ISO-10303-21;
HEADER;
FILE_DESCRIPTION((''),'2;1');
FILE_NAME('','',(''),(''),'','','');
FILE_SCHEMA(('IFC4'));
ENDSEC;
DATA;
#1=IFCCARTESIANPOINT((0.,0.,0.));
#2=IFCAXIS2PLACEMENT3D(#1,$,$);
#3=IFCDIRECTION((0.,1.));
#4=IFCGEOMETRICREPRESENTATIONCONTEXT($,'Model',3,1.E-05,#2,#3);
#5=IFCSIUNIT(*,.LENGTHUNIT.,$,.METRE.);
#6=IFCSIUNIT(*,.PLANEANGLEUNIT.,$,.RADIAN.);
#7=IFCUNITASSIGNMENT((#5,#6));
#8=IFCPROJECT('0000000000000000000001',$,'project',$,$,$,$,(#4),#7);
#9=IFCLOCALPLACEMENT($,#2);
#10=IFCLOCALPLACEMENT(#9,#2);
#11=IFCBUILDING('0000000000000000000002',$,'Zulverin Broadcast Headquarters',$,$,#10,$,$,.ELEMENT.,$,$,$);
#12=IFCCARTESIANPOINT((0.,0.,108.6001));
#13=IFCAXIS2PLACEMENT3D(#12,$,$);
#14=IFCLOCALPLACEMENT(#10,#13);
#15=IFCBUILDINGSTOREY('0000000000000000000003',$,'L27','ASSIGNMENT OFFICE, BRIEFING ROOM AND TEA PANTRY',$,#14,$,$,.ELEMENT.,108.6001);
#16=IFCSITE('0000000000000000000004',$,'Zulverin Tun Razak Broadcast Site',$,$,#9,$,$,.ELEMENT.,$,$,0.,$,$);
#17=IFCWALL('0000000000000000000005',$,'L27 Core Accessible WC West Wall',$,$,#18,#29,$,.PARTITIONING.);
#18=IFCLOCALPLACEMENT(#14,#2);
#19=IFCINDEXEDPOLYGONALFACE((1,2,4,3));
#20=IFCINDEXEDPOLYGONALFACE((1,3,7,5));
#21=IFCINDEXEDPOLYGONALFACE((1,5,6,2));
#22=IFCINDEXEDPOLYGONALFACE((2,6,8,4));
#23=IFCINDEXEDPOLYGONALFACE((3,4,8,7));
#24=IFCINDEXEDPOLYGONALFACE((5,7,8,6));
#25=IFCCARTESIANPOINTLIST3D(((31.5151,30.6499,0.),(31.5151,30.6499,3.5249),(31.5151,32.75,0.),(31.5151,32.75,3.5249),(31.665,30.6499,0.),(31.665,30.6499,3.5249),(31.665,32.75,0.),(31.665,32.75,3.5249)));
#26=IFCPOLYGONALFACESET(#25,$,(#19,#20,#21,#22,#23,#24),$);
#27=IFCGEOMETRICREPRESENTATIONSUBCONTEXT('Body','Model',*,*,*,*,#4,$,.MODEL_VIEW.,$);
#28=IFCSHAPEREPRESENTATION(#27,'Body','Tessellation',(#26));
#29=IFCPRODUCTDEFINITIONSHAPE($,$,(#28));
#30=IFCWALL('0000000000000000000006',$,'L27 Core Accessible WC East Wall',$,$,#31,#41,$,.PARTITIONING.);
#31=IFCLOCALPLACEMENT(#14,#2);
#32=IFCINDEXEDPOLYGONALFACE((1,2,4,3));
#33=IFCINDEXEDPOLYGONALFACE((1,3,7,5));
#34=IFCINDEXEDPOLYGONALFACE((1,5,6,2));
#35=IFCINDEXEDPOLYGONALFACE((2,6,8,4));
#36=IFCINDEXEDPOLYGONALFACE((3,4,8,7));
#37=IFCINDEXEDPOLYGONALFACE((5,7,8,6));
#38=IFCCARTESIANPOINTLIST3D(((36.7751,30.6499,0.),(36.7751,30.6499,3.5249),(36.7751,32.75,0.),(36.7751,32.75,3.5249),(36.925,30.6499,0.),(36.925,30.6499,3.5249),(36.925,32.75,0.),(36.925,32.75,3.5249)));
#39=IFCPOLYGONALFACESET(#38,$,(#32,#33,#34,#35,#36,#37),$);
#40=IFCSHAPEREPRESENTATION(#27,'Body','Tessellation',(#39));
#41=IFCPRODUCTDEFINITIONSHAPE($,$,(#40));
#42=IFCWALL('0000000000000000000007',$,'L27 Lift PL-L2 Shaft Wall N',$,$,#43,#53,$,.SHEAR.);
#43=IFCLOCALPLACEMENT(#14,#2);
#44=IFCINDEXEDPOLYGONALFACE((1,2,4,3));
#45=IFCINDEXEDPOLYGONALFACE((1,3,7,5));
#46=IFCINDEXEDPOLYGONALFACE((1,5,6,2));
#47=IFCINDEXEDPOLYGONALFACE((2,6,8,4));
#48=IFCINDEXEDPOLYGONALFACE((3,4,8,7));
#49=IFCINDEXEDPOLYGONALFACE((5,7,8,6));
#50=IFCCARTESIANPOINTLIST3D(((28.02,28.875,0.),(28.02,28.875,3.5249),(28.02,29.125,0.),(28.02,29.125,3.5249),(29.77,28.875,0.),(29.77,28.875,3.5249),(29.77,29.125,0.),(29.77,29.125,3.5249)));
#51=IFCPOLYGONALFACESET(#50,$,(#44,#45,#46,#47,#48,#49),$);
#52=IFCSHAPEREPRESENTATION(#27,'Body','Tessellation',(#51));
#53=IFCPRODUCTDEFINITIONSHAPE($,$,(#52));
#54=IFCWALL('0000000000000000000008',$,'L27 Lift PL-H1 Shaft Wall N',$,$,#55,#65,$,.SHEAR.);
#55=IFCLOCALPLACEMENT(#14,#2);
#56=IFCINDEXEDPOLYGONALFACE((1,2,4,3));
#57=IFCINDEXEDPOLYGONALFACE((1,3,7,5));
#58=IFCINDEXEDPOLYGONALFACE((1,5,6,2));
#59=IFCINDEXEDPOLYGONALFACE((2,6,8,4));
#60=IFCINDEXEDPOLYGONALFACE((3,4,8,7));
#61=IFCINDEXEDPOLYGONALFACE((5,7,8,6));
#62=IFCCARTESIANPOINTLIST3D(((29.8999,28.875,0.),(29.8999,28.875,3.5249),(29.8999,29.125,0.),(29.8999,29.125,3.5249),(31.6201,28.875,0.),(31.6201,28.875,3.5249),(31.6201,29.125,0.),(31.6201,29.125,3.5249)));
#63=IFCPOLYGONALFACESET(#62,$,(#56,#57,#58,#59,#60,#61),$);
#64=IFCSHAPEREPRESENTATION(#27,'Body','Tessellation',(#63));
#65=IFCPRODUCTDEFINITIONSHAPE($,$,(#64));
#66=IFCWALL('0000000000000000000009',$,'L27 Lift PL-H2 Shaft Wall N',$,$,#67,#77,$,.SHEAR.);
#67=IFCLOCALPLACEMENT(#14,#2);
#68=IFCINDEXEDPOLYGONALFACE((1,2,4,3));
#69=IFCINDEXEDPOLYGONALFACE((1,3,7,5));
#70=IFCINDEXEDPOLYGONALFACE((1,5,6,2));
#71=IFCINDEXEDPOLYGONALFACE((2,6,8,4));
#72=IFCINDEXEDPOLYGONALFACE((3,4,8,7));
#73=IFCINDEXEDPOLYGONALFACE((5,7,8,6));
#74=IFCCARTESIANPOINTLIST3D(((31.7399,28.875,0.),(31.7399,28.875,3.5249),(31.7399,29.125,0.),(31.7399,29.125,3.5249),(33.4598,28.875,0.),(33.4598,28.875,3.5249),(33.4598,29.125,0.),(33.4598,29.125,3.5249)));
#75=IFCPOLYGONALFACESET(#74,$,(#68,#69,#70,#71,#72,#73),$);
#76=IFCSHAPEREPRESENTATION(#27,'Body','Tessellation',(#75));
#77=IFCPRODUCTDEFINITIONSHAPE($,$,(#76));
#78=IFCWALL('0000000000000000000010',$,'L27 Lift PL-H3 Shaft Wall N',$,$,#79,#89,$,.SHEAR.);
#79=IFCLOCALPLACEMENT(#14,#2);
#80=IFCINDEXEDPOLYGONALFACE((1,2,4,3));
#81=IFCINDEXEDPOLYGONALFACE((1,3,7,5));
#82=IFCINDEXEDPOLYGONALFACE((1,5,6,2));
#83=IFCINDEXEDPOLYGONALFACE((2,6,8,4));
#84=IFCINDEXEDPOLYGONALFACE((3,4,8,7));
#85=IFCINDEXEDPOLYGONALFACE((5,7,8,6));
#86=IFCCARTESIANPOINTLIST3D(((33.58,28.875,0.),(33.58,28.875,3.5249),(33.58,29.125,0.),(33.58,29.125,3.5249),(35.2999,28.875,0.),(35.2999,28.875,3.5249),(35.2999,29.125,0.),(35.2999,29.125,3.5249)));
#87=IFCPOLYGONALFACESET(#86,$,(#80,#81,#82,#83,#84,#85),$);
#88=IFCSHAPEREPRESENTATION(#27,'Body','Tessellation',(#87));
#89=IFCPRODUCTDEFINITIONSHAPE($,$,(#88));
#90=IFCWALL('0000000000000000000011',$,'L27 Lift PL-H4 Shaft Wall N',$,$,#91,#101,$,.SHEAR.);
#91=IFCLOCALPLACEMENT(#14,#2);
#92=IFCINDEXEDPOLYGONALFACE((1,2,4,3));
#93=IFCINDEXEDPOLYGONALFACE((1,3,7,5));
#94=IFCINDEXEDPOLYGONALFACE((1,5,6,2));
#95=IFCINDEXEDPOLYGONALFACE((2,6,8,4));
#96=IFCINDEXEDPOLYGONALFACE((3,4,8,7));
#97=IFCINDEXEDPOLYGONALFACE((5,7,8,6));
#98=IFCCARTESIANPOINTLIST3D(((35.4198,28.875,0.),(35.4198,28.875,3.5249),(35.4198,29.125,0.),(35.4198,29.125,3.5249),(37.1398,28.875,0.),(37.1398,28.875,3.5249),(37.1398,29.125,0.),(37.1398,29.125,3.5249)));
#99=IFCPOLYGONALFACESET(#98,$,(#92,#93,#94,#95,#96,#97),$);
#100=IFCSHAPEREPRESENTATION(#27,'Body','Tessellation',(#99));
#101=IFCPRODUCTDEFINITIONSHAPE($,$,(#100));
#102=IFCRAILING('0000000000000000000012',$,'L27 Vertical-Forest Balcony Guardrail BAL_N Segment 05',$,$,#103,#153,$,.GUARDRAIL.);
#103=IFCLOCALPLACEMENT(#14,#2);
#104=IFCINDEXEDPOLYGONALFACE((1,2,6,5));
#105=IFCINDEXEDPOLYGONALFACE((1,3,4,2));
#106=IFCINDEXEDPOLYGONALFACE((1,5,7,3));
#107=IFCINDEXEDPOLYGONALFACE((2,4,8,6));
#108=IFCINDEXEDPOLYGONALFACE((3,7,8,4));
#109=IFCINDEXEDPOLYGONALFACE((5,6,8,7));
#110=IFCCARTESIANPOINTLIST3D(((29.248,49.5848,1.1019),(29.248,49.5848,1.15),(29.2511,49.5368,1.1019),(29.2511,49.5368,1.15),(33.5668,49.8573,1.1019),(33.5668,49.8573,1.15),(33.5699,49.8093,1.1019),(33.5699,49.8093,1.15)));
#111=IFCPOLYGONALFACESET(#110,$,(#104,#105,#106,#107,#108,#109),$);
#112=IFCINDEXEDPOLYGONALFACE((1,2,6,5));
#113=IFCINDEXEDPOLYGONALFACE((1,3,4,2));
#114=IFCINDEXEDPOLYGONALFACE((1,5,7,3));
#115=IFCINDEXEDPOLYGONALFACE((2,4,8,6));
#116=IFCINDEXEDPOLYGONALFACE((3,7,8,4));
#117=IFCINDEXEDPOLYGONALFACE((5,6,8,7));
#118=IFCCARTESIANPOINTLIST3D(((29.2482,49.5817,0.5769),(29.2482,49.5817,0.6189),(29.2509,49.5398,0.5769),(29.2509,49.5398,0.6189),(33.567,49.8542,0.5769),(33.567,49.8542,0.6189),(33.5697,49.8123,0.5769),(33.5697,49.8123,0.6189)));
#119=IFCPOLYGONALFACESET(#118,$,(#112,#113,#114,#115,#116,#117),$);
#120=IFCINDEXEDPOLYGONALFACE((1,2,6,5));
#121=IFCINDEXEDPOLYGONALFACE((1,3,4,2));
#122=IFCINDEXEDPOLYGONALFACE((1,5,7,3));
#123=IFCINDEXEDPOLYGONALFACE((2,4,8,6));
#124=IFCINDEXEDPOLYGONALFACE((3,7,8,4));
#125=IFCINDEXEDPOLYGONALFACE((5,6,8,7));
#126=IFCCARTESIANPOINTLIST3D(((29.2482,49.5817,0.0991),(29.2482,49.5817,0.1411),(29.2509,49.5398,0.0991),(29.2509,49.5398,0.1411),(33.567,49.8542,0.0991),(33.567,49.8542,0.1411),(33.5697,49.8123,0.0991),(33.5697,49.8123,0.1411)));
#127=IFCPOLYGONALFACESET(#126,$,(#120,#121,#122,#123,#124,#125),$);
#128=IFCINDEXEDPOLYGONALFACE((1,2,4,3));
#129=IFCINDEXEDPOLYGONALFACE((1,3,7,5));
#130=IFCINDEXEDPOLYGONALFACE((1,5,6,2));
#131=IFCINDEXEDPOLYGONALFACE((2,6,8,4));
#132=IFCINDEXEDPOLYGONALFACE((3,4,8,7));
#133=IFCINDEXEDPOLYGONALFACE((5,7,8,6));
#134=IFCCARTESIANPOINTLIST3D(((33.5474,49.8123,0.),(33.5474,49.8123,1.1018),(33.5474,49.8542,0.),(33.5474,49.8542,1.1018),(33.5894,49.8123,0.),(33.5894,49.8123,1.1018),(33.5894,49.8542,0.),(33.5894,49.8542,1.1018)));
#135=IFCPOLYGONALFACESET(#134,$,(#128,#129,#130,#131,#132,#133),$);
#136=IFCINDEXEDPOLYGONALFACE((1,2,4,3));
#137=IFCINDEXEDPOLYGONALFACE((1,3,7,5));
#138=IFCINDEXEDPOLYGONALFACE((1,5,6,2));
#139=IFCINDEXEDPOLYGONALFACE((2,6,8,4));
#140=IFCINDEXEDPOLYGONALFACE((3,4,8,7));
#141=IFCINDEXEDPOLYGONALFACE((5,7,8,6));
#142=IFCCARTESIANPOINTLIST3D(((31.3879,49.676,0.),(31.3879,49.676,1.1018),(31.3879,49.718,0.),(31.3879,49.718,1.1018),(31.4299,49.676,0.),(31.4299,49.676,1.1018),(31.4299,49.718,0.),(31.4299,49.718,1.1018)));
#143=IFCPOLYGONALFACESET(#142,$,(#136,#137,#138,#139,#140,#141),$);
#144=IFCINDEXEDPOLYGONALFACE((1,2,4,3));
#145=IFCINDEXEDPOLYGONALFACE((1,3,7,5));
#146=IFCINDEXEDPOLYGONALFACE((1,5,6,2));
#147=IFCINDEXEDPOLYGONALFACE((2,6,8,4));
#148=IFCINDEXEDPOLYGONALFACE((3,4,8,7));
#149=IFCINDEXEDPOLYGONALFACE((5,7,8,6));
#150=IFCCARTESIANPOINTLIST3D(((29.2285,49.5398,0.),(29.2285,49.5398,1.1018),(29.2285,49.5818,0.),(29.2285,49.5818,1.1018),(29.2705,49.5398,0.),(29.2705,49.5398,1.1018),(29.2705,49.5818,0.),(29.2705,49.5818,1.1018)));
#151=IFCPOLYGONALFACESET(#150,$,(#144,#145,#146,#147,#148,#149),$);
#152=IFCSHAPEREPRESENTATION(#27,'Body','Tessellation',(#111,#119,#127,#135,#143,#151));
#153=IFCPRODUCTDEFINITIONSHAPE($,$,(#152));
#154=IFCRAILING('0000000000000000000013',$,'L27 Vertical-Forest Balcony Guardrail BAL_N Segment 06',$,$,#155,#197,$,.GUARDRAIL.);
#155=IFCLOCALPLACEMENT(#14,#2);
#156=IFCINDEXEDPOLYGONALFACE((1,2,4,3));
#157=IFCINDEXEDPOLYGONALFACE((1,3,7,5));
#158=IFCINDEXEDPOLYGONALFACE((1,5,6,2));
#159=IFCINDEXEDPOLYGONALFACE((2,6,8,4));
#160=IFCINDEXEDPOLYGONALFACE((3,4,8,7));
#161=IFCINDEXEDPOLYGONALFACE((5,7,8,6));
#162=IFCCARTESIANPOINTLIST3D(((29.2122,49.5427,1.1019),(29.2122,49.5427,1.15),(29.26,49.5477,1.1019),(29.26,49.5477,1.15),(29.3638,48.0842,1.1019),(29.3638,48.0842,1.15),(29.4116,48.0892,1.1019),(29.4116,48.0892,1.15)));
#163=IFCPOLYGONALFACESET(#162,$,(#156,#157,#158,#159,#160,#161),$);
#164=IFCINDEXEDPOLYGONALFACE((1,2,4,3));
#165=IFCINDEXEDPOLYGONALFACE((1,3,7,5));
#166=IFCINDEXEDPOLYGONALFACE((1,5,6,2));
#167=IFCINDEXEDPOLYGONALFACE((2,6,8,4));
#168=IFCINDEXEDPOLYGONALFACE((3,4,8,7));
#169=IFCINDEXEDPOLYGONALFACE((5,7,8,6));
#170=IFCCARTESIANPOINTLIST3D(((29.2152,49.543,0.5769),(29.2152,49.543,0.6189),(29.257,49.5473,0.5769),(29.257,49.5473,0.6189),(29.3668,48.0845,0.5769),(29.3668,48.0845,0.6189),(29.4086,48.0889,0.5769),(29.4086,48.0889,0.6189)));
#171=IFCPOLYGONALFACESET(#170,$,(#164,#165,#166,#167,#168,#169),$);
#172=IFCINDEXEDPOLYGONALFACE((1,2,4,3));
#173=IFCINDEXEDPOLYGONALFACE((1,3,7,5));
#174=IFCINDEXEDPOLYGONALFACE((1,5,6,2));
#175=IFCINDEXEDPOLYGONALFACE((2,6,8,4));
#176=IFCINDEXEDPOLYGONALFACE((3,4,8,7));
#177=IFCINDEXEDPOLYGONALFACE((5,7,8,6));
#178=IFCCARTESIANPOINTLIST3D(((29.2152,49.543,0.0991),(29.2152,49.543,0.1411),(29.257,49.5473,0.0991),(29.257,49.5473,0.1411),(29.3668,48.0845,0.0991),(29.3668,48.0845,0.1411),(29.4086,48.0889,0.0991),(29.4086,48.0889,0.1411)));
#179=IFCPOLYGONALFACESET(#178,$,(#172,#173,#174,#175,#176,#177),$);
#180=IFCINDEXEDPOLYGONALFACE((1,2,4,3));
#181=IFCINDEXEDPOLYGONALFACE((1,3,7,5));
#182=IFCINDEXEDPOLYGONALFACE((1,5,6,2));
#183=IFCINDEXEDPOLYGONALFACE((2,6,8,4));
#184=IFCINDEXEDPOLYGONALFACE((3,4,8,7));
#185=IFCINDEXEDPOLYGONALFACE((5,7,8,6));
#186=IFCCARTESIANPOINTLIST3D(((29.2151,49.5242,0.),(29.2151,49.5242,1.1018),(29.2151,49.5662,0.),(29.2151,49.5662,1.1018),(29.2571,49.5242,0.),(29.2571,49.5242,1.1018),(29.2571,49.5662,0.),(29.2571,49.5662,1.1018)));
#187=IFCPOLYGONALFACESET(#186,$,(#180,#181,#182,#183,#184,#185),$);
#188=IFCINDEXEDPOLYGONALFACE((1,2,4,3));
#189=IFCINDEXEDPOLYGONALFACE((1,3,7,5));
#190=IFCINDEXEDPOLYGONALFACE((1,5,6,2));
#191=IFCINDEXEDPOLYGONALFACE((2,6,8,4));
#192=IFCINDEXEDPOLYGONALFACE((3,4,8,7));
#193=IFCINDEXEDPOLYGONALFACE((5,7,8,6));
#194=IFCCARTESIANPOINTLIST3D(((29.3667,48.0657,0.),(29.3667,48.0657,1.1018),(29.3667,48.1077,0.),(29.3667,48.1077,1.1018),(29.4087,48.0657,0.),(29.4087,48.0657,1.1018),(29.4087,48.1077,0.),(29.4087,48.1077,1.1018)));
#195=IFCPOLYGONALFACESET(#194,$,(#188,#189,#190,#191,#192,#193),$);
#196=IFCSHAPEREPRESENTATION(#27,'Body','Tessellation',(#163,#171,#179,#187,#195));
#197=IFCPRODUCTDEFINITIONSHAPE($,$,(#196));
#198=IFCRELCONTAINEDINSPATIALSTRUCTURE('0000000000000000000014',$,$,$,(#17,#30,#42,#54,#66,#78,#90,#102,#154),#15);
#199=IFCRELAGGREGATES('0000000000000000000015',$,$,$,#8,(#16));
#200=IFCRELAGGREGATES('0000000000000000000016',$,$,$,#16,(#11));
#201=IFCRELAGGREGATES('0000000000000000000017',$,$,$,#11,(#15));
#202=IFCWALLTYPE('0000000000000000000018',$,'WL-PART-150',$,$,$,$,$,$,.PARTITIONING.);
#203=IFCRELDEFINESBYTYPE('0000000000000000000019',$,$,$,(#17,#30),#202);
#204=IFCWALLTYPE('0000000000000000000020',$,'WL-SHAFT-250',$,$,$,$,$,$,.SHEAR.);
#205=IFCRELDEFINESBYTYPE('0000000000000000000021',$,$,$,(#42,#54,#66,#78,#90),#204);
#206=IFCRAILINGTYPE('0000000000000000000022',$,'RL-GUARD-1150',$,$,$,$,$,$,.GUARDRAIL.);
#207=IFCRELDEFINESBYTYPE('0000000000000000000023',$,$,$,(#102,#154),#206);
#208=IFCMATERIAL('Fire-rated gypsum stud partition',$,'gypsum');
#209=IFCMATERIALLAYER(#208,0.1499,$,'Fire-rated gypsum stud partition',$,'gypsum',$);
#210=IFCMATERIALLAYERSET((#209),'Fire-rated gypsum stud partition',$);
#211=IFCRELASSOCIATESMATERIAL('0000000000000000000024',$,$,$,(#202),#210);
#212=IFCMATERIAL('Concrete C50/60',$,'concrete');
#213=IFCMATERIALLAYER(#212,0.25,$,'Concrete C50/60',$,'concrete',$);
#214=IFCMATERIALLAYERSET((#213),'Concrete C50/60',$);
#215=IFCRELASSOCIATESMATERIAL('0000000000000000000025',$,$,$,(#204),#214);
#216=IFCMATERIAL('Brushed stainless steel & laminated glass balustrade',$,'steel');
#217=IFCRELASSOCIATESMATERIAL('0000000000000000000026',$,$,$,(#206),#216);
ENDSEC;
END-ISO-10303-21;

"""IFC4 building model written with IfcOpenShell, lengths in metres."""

from ifc_helpers import new_model, si_unit, direction, frame, frame_2d, origin, origin_2d, place, context, subcontext, project, spatial, rectangle, extrude, material, layer, layer_set, type_object, element, save


model = new_model("IFC4")

# Units and contexts
model_context = context("Model", 3, precision=1e-05, world=origin(), true_north=direction((0.0, 1.0)))
body_context = subcontext(model_context, "Body", "Model", "MODEL_VIEW")
ifc_project = project(units=[si_unit("LENGTHUNIT", "METRE"), si_unit("PLANEANGLEUNIT", "RADIAN")], contexts=[model_context])

# Site, building, storey
site_placement = place(None, origin())
site = spatial("IfcSite", under=ifc_project, at=site_placement, Name="Zulverin Tun Razak Broadcast Site", CompositionType="ELEMENT", RefElevation=0.0)
building_placement = place(site_placement, origin())
building = spatial("IfcBuilding", under=site, at=building_placement, Name="Zulverin Broadcast Headquarters", CompositionType="ELEMENT")
storey_placement = place(building_placement, frame((0.0, 0.0, 108.6001)))
storey = spatial("IfcBuildingStorey", under=building, at=storey_placement, Name="L27", Description="ASSIGNMENT OFFICE, BRIEFING ROOM AND TEA PANTRY", CompositionType="ELEMENT", Elevation=108.6001)

# Shared definitions
ifc_material_1 = material(Name="Fire-rated gypsum stud partition", Category="gypsum")
ifc_layer_1 = layer(ifc_material_1, 0.1499, Name="Fire-rated gypsum stud partition", Category="gypsum")
ifc_layer_set_1 = layer_set([ifc_layer_1], Name="Fire-rated gypsum stud partition")
wall_type_1 = type_object("IfcWallType", Name="WL-PART-150", PredefinedType="PARTITIONING", material=ifc_layer_set_1)

# Walls
for number, where, z_axis, x_axis, name in (
    (1, (31.5901, 30.6499, 0.0), (0.0, 0.0, 1.0), (0.0, 1.0, 0.0), "L27 Core Accessible WC West Wall"),
    (2, (36.8501, 30.6499, 0.0), (0.0, 0.0, 1.0), (0.0, 1.0, 0.0), "L27 Core Accessible WC East Wall"),
):
    element("IfcWall", number, at=place(storey_placement, frame(where, z_axis=z_axis, x_axis=x_axis)), inside=storey, type_object=wall_type_1, Name=name, PredefinedType="PARTITIONING", context=body_context, shape_type="SweptSolid", body=[
        extrude(rectangle(XDim=2.1001, YDim=0.1499, at=frame_2d((1.05, 0.0))), origin(), (0.0, 0.0, 1.0), 3.5249),
    ])
ifc_material_2 = material(Name="Concrete C50/60", Category="concrete")
ifc_layer_2 = layer(ifc_material_2, 0.25, Name="Concrete C50/60", Category="concrete")
ifc_layer_set_2 = layer_set([ifc_layer_2], Name="Concrete C50/60")
wall_type_2 = type_object("IfcWallType", Name="WL-SHAFT-250", PredefinedType="SHEAR", material=ifc_layer_set_2)
wall_1_placement = place(storey_placement, frame((28.02, 29.0, 0.0), z_axis=(0.0, 0.0, 1.0), x_axis=(1.0, 0.0, 0.0)))
element("IfcWall", 3, at=wall_1_placement, inside=storey, type_object=wall_type_2, Name="L27 Lift PL-L2 Shaft Wall N", PredefinedType="SHEAR", context=body_context, shape_type="SweptSolid", body=[
    extrude(rectangle(XDim=1.75, YDim=0.25, at=frame_2d((0.875, 0.0))), origin(), (0.0, 0.0, 1.0), 3.5249),
])
wall_2_placement = place(storey_placement, frame((29.8999, 29.0, 0.0), z_axis=(0.0, 0.0, 1.0), x_axis=(1.0, 0.0, 0.0)))
element("IfcWall", 4, at=wall_2_placement, inside=storey, type_object=wall_type_2, Name="L27 Lift PL-H1 Shaft Wall N", PredefinedType="SHEAR", context=body_context, shape_type="SweptSolid", body=[
    extrude(rectangle(XDim=1.7202, YDim=0.25, at=frame_2d((0.8601, 0.0))), origin(), (0.0, 0.0, 1.0), 3.5249),
])
for number, where, z_axis, x_axis, name in (
    (5, (31.74, 29.0, 0.0), (0.0, 0.0, 1.0), (1.0, 0.0, 0.0), "L27 Lift PL-H2 Shaft Wall N"),
    (6, (33.5801, 29.0, 0.0), (0.0, 0.0, 1.0), (1.0, 0.0, 0.0), "L27 Lift PL-H3 Shaft Wall N"),
    (7, (35.4199, 29.0, 0.0), (0.0, 0.0, 1.0), (1.0, 0.0, 0.0), "L27 Lift PL-H4 Shaft Wall N"),
):
    element("IfcWall", number, at=place(storey_placement, frame(where, z_axis=z_axis, x_axis=x_axis)), inside=storey, type_object=wall_type_2, Name=name, PredefinedType="SHEAR", context=body_context, shape_type="SweptSolid", body=[
        extrude(rectangle(XDim=1.72, YDim=0.25, at=frame_2d((0.8599, 0.0))), origin(), (0.0, 0.0, 1.0), 3.5249),
    ])

# Railings
ifc_material_3 = material(Name="Brushed stainless steel & laminated glass balustrade", Category="steel")
railing_type = type_object("IfcRailingType", Name="RL-GUARD-1150", PredefinedType="GUARDRAIL", material=ifc_material_3)
railing_1_placement = place(storey_placement, frame((33.5684, 49.8333, 0.0)))
element("IfcRailing", 8, at=railing_1_placement, inside=storey, type_object=railing_type, Name="L27 Vertical-Forest Balcony Guardrail BAL_N Segment 05", PredefinedType="GUARDRAIL", context=body_context, shape_type="SweptSolid", body=[
    extrude(rectangle(XDim=0.0481, YDim=0.0481, at=origin_2d()), frame((0.0, 0.0, 1.126), z_axis=(-0.998016, -0.062961, 0.0), x_axis=(0.062961, -0.998016, 0.0)), (0.0, 0.0, 1.0), 4.3274),
    extrude(rectangle(XDim=0.042, YDim=0.042, at=origin_2d()), frame((0.0, 0.0, 0.5979), z_axis=(-0.998016, -0.062961, 0.0), x_axis=(0.062961, -0.998016, 0.0)), (0.0, 0.0, 1.0), 4.3274),
    extrude(rectangle(XDim=0.042, YDim=0.042, at=origin_2d()), frame((0.0, 0.0, 0.1201), z_axis=(-0.998016, -0.062961, 0.0), x_axis=(0.062961, -0.998016, 0.0)), (0.0, 0.0, 1.0), 4.3274),
    extrude(rectangle(XDim=0.042, YDim=0.042, at=origin_2d()), origin(), (0.0, 0.0, 1.0), 1.1018),
    extrude(rectangle(XDim=0.042, YDim=0.042, at=origin_2d()), frame((-2.1594, -0.1362, 0.0)), (0.0, 0.0, 1.0), 1.1018),
    extrude(rectangle(XDim=0.042, YDim=0.042, at=origin_2d()), frame((-4.3188, -0.2725, 0.0)), (0.0, 0.0, 1.0), 1.1018),
])
railing_2_placement = place(storey_placement, frame((29.2361, 49.5452, 0.0)))
element("IfcRailing", 9, at=railing_2_placement, inside=storey, type_object=railing_type, Name="L27 Vertical-Forest Balcony Guardrail BAL_N Segment 06", PredefinedType="GUARDRAIL", context=body_context, shape_type="SweptSolid", body=[
    extrude(rectangle(XDim=0.0481, YDim=0.0481, at=origin_2d()), frame((0.0, 0.0, 1.126), z_axis=(0.103393, -0.994641, 0.0), x_axis=(0.994641, 0.103393, 0.0)), (0.0, 0.0, 1.0), 1.4663),
    extrude(rectangle(XDim=0.042, YDim=0.042, at=origin_2d()), frame((0.0, 0.0, 0.5979), z_axis=(0.103393, -0.994641, 0.0), x_axis=(0.994641, 0.103393, 0.0)), (0.0, 0.0, 1.0), 1.4663),
    extrude(rectangle(XDim=0.042, YDim=0.042, at=origin_2d()), frame((0.0, 0.0, 0.1201), z_axis=(0.103393, -0.994641, 0.0), x_axis=(0.994641, 0.103393, 0.0)), (0.0, 0.0, 1.0), 1.4663),
    extrude(rectangle(XDim=0.042, YDim=0.042, at=origin_2d()), origin(), (0.0, 0.0, 1.0), 1.1018),
    extrude(rectangle(XDim=0.042, YDim=0.042, at=origin_2d()), frame((0.1516, -1.4585, 0.0)), (0.0, 0.0, 1.0), 1.1018),
])

save(model, "model.ifc")
